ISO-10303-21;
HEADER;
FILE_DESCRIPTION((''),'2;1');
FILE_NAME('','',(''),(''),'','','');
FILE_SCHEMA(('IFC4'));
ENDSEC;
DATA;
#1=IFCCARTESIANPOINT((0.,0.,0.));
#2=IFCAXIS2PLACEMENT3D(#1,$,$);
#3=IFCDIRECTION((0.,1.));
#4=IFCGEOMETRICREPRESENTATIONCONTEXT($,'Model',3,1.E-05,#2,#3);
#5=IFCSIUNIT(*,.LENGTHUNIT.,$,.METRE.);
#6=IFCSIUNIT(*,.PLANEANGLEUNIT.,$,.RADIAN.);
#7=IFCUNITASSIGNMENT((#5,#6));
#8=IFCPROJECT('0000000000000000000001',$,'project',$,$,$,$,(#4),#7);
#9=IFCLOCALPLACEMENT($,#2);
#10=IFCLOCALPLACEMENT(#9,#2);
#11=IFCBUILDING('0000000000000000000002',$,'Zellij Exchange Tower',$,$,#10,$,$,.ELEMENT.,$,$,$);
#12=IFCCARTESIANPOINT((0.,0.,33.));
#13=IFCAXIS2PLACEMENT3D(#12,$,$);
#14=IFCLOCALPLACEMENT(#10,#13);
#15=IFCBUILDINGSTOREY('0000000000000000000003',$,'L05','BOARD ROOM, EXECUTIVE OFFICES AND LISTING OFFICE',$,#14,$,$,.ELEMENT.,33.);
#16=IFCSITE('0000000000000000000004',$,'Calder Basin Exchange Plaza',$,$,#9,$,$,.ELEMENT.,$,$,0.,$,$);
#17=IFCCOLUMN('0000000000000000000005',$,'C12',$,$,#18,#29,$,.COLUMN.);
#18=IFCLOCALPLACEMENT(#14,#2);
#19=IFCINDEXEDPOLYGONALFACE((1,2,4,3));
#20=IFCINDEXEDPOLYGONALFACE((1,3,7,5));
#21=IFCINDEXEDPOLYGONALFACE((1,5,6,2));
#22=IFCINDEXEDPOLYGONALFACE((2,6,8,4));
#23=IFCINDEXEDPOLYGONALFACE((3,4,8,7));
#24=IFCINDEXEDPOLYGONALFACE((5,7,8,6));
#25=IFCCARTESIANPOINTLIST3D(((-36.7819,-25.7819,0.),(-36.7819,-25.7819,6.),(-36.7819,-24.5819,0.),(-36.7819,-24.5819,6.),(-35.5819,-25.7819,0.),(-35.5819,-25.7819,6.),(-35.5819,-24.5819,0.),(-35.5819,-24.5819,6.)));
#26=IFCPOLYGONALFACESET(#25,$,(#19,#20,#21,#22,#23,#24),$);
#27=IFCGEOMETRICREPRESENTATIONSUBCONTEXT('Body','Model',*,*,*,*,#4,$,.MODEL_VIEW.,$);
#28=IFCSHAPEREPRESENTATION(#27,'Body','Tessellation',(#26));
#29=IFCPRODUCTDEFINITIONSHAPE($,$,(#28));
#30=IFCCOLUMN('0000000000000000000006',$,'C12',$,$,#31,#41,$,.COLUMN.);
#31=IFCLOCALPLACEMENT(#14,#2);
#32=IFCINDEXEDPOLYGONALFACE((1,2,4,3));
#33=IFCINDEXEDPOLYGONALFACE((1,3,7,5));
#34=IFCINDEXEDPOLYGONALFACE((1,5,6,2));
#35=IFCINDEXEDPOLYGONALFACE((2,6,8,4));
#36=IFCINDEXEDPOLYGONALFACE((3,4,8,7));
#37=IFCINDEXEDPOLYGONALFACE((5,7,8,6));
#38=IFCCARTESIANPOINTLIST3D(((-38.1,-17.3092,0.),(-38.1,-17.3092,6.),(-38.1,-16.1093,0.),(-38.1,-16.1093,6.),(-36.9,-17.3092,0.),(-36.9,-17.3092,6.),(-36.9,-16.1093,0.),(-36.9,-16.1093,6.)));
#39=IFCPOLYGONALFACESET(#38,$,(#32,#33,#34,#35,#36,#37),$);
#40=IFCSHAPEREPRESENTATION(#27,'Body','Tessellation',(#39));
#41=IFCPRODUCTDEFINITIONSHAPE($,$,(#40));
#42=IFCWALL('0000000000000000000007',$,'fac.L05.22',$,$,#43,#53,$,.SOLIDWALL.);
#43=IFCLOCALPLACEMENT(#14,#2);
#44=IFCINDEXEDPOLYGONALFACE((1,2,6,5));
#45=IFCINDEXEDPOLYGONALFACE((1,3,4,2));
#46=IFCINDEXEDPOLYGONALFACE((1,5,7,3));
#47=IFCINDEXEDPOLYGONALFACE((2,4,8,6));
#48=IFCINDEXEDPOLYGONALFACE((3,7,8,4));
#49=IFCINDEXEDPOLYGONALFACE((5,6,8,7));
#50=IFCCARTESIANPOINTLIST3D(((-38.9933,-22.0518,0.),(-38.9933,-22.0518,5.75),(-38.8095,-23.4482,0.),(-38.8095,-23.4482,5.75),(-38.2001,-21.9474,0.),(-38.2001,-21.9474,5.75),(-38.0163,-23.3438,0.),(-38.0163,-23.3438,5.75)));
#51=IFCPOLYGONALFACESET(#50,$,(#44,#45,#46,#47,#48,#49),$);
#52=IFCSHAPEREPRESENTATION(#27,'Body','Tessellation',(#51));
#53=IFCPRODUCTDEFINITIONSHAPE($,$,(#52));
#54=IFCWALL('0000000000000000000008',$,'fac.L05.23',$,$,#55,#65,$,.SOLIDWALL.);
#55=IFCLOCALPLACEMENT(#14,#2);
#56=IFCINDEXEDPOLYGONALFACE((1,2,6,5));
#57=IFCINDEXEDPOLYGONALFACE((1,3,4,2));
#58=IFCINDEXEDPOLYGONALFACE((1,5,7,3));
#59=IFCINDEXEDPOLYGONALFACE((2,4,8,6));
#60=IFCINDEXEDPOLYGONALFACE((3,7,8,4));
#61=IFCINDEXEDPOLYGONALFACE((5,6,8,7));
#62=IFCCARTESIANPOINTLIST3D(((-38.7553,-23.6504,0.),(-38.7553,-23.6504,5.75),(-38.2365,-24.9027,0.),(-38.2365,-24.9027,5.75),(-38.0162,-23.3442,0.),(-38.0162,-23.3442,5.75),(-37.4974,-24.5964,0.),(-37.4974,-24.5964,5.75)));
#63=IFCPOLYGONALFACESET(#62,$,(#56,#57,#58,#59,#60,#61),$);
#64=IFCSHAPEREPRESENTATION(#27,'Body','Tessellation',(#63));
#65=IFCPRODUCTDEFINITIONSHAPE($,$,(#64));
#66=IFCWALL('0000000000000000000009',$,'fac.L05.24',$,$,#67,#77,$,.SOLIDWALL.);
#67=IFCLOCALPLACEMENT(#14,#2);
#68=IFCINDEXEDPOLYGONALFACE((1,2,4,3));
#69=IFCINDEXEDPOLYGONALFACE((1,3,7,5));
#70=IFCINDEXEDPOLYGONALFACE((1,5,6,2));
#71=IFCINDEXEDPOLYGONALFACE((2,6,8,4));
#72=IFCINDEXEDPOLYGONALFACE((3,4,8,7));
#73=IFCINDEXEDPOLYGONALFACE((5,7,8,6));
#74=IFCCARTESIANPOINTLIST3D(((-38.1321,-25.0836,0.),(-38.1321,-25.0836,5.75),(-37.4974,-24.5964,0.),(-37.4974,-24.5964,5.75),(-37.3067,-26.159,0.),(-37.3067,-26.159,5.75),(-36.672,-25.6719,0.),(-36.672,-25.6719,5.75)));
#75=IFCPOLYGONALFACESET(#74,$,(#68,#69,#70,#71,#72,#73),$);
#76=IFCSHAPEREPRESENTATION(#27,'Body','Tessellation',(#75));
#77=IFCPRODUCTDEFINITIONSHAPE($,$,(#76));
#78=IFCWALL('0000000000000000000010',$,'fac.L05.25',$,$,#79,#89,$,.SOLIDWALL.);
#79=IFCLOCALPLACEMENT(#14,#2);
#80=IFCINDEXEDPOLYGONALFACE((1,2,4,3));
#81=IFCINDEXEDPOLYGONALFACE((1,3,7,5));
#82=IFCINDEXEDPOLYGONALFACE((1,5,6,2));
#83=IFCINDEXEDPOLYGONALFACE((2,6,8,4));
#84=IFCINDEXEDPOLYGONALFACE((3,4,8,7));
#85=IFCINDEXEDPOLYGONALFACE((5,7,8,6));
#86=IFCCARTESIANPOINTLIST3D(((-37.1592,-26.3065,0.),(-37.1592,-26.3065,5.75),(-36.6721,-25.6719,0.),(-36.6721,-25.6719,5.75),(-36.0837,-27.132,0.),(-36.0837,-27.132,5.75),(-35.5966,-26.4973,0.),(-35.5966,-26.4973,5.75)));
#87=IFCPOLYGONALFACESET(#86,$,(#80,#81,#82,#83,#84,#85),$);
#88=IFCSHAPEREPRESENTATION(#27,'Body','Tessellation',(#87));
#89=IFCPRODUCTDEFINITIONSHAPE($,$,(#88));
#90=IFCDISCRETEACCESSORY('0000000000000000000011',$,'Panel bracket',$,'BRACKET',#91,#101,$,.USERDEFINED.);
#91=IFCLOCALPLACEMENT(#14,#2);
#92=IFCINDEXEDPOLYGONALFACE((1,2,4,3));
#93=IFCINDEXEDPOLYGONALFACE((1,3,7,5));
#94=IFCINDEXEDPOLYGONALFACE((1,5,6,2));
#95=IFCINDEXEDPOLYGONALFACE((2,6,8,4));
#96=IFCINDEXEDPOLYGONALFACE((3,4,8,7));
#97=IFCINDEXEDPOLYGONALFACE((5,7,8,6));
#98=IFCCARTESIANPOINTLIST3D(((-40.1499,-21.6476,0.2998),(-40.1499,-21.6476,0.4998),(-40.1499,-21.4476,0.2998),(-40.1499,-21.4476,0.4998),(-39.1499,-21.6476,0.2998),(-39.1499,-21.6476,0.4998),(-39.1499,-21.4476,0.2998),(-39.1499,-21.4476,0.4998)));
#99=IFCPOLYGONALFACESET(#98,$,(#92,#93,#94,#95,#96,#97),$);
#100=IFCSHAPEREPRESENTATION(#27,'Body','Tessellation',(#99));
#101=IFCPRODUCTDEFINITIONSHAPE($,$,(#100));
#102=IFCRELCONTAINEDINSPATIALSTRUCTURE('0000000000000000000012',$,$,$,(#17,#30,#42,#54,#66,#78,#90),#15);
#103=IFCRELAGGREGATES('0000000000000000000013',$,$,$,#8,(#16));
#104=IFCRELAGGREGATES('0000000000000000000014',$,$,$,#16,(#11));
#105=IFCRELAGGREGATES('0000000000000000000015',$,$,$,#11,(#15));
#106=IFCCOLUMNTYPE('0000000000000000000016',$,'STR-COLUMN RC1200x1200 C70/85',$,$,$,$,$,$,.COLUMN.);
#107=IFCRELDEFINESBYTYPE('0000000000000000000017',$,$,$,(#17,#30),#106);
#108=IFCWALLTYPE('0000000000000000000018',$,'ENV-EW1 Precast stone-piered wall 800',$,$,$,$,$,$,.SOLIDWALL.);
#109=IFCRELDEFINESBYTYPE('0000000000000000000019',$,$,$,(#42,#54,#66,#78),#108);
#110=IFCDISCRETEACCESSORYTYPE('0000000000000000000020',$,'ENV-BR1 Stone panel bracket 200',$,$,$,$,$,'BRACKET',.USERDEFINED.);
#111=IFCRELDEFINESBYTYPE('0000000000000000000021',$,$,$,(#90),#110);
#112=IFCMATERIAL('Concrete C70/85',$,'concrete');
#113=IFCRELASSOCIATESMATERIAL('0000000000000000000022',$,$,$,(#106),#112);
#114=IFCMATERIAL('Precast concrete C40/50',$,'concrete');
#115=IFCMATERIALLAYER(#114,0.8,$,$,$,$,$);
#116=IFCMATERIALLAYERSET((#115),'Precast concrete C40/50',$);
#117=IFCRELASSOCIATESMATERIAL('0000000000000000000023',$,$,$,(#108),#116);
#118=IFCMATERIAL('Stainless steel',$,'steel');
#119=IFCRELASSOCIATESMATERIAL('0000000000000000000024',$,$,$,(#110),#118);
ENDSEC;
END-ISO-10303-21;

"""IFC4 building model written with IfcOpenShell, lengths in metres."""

from ifc_helpers import new_model, si_unit, direction, frame, frame_2d, origin, origin_2d, place, context, subcontext, project, spatial, rectangle, extrude, material, layer, layer_set, material_profile, profile_set, type_object, element, save


model = new_model("IFC4")

# Units and contexts
model_context = context("Model", 3, precision=1e-05, world=origin(), true_north=direction((0.0, 1.0)))
body_context = subcontext(model_context, "Body", "Model", "MODEL_VIEW")
ifc_project = project(units=[si_unit("LENGTHUNIT", "METRE"), si_unit("PLANEANGLEUNIT", "RADIAN")], contexts=[model_context])

# Site, building, storey
site_placement = place(None, origin())
site = spatial("IfcSite", under=ifc_project, at=site_placement, Name="Calder Basin Exchange Plaza", CompositionType="ELEMENT", RefElevation=0.0)
building_placement = place(site_placement, origin())
building = spatial("IfcBuilding", under=site, at=building_placement, Name="Zellij Exchange Tower", CompositionType="ELEMENT")
storey_placement = place(building_placement, frame((0.0, 0.0, 33.0)))
storey = spatial("IfcBuildingStorey", under=building, at=storey_placement, Name="L05", Description="BOARD ROOM, EXECUTIVE OFFICES AND LISTING OFFICE", CompositionType="ELEMENT", Elevation=33.0)

# Columns
ifc_material_1 = material(Name="Concrete C70/85", Category="concrete")
ifc_material_profile = material_profile(ifc_material_1, rectangle(XDim=1.2, YDim=1.2, at=origin_2d()), Name="STR-COLUMN RC1200x1200 C70/85")
ifc_profile_set = profile_set([ifc_material_profile], Name="Concrete C70/85")
column_type = type_object("IfcColumnType", Name="STR-COLUMN RC1200x1200 C70/85", PredefinedType="COLUMN", material=ifc_profile_set)
for number, where, z_axis, x_axis, name in (
    (1, (-36.1819, -25.1819, 0.0), (0.0, 0.0, 1.0), (1.0, 0.0, 0.0), "C12"),
    (2, (-37.5, -16.7092, 0.0), (0.0, 0.0, 1.0), (1.0, 0.0, 0.0), "C12"),
):
    element("IfcColumn", number, at=place(storey_placement, frame(where, z_axis=z_axis, x_axis=x_axis)), inside=storey, type_object=column_type, Name=name, PredefinedType="COLUMN", context=body_context, shape_type="SweptSolid", body=[
        extrude(rectangle(XDim=1.2, YDim=1.2, at=origin_2d()), origin(), (0.0, 0.0, 1.0), 6.0),
    ])

# Walls
ifc_material_2 = material(Name="Precast concrete C40/50", Category="concrete")
ifc_layer = layer(ifc_material_2, 0.8)
ifc_layer_set = layer_set([ifc_layer], Name="Precast concrete C40/50")
wall_type = type_object("IfcWallType", Name="ENV-EW1 Precast stone-piered wall 800", PredefinedType="SOLIDWALL", material=ifc_layer_set)
wall_1_placement = place(storey_placement, frame((-38.5967, -21.9998, 0.0), z_axis=(0.0, 0.0, 1.0), x_axis=(0.130517, -0.991446, 0.0)))
element("IfcWall", 3, at=wall_1_placement, inside=storey, type_object=wall_type, Name="fac.L05.22", PredefinedType="SOLIDWALL", context=body_context, shape_type="SweptSolid", body=[
    extrude(rectangle(XDim=1.4084, YDim=0.8, at=frame_2d((0.7041, 0.0))), origin(), (0.0, 0.0, 1.0), 5.75),
])
wall_2_placement = place(storey_placement, frame((-38.3857, -23.4973, 0.0), z_axis=(0.0, 0.0, 1.0), x_axis=(0.38276, -0.923848, 0.0)))
element("IfcWall", 4, at=wall_2_placement, inside=storey, type_object=wall_type, Name="fac.L05.23", PredefinedType="SOLIDWALL", context=body_context, shape_type="SweptSolid", body=[
    extrude(rectangle(XDim=1.3555, YDim=0.8, at=frame_2d((0.6777, 0.0))), origin(), (0.0, 0.0, 1.0), 5.75),
])
for number, where, z_axis, x_axis, name in (
    (5, (-37.8147, -24.8401, 0.0), (0.0, 0.0, 1.0), (0.608866, -0.793273, 0.0), "fac.L05.24"),
    (6, (-36.9155, -25.9893, 0.0), (0.0, 0.0, 1.0), (0.793273, -0.608866, 0.0), "fac.L05.25"),
):
    element("IfcWall", number, at=place(storey_placement, frame(where, z_axis=z_axis, x_axis=x_axis)), inside=storey, type_object=wall_type, Name=name, PredefinedType="SOLIDWALL", context=body_context, shape_type="SweptSolid", body=[
        extrude(rectangle(XDim=1.3557, YDim=0.8, at=frame_2d((0.6777, 0.0))), origin(), (0.0, 0.0, 1.0), 5.75),
    ])

# Discrete accessory
ifc_material_3 = material(Name="Stainless steel", Category="steel")
discrete_accessory_type = type_object("IfcDiscreteAccessoryType", Name="ENV-BR1 Stone panel bracket 200", ElementType="BRACKET", PredefinedType="USERDEFINED", material=ifc_material_3)
discrete_accessory_placement = place(storey_placement, frame((-39.6499, -21.5476, 0.2998), z_axis=(0.0, 0.0, 1.0), x_axis=(0.0, -1.0, 0.0)))
element("IfcDiscreteAccessory", 7, at=discrete_accessory_placement, inside=storey, type_object=discrete_accessory_type, Name="Panel bracket", ObjectType="BRACKET", PredefinedType="USERDEFINED", context=body_context, shape_type="SweptSolid", body=[
    extrude(rectangle(XDim=0.2, YDim=1.0, at=origin_2d()), origin(), (0.0, 0.0, 1.0), 0.2),
])

save(model, "model.ifc")
